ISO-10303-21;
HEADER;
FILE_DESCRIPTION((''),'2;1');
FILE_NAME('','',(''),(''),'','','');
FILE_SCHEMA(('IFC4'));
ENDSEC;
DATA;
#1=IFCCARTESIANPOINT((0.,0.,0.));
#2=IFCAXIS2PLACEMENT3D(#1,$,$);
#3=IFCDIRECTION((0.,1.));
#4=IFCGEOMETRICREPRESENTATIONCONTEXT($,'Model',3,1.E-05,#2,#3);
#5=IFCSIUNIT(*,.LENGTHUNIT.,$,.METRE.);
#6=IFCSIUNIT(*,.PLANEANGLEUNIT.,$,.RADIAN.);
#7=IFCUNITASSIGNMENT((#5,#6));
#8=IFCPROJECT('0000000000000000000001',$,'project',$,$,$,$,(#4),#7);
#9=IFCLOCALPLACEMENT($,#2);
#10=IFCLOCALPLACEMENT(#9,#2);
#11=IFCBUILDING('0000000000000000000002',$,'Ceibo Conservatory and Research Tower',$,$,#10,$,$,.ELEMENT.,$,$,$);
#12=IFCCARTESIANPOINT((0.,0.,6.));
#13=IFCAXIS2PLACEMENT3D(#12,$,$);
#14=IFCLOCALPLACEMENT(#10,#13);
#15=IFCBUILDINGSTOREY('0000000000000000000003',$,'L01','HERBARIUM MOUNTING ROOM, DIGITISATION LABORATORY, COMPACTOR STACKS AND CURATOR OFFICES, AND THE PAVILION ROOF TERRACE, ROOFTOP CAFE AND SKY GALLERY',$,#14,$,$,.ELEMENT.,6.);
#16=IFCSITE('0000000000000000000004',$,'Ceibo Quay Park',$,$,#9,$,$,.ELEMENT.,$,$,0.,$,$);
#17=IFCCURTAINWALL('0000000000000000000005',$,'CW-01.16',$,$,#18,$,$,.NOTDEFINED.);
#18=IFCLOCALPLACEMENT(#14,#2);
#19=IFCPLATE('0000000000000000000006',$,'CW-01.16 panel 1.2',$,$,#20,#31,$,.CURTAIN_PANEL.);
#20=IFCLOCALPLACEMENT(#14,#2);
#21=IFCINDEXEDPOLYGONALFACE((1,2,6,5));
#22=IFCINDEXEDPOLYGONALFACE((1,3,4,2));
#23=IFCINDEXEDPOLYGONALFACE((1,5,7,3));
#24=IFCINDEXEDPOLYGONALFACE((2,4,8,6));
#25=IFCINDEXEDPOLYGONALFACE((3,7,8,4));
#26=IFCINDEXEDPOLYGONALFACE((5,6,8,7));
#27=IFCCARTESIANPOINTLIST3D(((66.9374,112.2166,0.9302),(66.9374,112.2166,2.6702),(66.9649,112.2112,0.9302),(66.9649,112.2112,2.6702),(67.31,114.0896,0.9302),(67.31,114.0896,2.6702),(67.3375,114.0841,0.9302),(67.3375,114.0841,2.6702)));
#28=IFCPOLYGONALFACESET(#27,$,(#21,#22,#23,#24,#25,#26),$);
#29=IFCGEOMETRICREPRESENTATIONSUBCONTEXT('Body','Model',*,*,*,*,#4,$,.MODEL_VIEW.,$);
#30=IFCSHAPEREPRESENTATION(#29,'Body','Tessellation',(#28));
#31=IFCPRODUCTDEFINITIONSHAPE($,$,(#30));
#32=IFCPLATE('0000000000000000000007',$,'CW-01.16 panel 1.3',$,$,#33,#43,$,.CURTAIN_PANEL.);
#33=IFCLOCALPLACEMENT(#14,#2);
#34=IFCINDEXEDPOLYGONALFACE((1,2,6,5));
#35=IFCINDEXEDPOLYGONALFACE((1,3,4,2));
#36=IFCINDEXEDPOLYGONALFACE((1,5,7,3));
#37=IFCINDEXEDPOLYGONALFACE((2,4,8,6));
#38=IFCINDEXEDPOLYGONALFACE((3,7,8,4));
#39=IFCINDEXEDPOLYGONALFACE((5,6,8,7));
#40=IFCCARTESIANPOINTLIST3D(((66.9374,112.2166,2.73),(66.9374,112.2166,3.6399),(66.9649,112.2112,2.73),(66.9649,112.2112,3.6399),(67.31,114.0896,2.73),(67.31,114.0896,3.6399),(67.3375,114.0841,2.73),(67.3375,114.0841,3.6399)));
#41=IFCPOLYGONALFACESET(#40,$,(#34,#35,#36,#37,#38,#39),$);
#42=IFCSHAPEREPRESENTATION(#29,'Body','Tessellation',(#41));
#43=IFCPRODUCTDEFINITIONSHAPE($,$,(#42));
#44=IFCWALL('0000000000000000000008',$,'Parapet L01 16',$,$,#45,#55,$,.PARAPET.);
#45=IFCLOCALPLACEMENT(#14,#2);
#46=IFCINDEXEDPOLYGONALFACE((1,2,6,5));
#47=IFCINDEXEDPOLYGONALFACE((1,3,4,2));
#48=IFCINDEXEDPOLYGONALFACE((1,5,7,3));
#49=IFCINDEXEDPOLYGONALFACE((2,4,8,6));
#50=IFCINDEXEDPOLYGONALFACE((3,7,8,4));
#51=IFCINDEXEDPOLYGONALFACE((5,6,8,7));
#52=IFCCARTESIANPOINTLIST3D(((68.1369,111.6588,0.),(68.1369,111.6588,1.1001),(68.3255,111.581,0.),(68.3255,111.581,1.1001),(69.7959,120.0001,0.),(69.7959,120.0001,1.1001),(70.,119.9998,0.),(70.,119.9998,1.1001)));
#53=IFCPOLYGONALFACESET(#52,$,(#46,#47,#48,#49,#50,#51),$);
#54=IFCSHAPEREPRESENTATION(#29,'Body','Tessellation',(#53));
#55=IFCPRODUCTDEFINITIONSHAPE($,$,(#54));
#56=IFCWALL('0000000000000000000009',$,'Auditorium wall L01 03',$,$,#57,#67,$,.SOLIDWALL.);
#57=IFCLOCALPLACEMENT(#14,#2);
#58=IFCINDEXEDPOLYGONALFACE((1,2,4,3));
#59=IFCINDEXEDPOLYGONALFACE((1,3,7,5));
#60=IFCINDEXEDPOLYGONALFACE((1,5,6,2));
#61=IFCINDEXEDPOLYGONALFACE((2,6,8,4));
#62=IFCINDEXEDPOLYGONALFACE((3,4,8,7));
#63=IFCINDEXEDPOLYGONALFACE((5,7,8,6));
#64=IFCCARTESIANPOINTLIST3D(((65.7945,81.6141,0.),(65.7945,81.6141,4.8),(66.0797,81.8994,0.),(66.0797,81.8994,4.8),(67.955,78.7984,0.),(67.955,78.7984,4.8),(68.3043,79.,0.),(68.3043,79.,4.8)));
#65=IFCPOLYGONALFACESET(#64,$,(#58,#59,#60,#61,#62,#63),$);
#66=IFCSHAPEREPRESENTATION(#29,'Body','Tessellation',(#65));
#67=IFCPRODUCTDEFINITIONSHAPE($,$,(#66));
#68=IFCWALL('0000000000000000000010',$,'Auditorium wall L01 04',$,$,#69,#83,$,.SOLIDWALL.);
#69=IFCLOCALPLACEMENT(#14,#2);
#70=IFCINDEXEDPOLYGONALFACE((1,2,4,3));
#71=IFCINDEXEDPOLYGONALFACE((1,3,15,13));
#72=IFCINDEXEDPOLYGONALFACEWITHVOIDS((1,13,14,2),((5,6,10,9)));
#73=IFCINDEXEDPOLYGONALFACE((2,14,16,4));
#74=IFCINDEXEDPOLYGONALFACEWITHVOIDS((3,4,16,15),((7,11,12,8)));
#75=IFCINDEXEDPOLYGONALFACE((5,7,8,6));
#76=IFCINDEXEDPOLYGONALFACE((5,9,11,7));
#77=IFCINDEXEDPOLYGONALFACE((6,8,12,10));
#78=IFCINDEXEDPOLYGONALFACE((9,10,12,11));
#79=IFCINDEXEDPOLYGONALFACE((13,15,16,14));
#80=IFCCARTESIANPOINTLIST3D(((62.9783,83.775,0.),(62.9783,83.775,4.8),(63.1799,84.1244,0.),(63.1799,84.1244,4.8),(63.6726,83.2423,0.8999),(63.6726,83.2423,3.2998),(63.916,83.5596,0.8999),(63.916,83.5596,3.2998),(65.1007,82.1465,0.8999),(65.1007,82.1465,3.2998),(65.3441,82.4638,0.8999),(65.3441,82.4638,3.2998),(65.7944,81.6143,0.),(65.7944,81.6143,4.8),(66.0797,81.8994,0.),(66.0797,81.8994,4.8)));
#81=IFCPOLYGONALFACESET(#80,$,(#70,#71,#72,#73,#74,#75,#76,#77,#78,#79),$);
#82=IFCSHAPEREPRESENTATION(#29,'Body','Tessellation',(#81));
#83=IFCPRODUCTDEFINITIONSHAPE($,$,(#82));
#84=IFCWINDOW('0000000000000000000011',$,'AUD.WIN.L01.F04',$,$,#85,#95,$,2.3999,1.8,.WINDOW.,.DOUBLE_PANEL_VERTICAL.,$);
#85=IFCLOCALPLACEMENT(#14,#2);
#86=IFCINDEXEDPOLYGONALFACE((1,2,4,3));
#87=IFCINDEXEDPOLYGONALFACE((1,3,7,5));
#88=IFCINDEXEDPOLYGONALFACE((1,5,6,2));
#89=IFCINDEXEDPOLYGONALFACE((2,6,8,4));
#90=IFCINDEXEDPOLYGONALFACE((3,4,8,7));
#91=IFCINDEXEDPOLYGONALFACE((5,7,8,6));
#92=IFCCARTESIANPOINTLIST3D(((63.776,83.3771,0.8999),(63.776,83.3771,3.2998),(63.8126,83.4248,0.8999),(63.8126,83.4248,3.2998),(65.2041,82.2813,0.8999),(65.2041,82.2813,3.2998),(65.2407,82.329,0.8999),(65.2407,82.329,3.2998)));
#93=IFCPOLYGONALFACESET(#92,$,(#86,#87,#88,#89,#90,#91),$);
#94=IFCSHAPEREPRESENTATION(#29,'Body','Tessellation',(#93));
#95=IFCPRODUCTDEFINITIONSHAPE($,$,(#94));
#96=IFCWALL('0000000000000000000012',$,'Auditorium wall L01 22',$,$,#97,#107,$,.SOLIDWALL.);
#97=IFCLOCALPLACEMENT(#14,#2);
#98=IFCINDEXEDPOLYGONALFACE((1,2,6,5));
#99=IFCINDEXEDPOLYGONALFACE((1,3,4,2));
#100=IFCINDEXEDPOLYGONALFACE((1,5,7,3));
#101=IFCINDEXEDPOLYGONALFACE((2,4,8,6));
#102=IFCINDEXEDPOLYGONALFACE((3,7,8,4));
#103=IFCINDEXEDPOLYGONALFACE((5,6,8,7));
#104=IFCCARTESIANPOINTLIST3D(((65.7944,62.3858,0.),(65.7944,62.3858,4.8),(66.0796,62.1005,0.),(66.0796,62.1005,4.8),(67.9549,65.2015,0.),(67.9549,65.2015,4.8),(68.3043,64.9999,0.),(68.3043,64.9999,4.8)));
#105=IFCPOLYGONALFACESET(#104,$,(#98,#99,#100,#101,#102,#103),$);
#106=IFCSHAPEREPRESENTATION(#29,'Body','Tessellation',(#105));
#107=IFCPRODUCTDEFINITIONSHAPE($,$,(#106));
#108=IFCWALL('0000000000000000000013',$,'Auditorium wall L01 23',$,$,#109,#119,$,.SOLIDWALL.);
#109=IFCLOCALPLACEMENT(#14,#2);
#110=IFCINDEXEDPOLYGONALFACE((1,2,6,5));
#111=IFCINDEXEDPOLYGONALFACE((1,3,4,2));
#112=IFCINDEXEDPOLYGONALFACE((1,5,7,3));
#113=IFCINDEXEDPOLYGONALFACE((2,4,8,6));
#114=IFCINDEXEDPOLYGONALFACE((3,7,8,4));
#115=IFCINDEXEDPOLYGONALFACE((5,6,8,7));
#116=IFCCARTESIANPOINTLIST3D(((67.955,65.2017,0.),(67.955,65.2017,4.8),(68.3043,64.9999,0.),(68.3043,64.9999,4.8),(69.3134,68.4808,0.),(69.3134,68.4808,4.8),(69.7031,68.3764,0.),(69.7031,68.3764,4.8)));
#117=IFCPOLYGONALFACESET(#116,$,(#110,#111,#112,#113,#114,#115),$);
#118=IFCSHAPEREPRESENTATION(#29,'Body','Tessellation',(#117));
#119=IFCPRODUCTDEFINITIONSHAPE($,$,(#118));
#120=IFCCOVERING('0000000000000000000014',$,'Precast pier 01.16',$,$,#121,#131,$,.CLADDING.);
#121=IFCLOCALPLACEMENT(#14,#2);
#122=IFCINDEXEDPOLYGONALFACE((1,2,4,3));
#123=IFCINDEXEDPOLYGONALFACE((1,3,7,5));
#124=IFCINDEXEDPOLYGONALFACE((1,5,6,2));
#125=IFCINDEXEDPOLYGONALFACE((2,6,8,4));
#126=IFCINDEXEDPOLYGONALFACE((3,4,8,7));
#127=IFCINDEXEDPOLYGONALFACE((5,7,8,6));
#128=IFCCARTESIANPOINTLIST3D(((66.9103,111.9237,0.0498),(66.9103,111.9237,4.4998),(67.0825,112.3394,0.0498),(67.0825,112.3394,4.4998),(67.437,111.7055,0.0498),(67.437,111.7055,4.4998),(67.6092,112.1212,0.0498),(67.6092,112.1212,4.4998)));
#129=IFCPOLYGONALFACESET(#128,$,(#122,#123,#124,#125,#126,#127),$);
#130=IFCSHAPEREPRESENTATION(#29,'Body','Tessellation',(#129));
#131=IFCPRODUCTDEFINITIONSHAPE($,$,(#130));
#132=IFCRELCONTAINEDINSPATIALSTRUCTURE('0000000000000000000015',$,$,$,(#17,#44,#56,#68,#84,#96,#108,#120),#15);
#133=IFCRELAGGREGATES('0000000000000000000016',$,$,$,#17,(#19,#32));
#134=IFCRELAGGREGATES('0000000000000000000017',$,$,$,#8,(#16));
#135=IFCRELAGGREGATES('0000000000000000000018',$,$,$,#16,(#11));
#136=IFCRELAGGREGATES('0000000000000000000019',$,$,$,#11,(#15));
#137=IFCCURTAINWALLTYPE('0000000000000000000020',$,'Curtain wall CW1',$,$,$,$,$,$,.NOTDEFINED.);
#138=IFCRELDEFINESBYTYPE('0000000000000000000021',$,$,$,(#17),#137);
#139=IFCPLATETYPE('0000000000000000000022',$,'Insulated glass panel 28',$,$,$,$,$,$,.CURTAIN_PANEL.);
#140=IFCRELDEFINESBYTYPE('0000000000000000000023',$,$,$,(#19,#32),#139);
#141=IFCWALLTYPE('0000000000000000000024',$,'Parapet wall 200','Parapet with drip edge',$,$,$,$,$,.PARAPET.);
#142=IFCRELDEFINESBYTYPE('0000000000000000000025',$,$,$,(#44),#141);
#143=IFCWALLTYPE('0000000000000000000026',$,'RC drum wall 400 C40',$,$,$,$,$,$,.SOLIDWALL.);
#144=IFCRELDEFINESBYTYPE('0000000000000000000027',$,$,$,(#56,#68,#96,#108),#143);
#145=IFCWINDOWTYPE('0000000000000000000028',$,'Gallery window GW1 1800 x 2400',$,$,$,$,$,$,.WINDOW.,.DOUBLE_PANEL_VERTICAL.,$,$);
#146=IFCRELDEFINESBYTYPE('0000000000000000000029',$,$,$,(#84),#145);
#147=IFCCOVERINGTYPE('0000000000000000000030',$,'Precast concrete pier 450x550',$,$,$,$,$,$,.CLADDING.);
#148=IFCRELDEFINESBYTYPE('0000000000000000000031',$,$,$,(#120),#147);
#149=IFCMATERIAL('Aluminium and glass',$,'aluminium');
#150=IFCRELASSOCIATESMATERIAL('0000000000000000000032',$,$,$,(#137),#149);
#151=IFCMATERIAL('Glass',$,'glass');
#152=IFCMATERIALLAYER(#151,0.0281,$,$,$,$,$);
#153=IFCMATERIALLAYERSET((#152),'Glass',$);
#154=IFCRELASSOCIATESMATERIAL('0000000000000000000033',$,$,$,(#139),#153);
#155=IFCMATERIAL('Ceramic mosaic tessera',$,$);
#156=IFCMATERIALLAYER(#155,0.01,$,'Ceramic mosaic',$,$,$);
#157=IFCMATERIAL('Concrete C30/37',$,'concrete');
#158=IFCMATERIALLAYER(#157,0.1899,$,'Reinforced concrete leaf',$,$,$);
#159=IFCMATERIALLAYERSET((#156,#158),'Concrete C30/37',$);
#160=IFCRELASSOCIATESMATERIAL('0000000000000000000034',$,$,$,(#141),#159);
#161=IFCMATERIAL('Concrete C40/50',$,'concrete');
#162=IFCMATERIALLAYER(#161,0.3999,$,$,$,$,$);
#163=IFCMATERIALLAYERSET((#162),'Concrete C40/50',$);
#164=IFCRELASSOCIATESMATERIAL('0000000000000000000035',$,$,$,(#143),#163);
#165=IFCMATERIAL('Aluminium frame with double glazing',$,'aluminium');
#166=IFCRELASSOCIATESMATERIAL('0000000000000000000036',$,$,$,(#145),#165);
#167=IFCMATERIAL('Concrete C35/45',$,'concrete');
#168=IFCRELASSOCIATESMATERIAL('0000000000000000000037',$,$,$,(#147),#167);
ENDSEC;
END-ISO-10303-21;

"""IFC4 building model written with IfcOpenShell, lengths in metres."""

from ifc_helpers import new_model, si_unit, direction, frame, frame_2d, origin, origin_2d, place, context, subcontext, project, spatial, polyline, rectangle, outline, extrude, material, layer, layer_set, type_object, element, fill, aggregate, save


model = new_model("IFC4")

# Units and contexts
model_context = context("Model", 3, precision=1e-05, world=origin(), true_north=direction((0.0, 1.0)))
body_context = subcontext(model_context, "Body", "Model", "MODEL_VIEW")
ifc_project = project(units=[si_unit("LENGTHUNIT", "METRE"), si_unit("PLANEANGLEUNIT", "RADIAN")], contexts=[model_context])

# Site, building, storey
site_placement = place(None, origin())
site = spatial("IfcSite", under=ifc_project, at=site_placement, Name="Ceibo Quay Park", CompositionType="ELEMENT", RefElevation=0.0)
building_placement = place(site_placement, origin())
building = spatial("IfcBuilding", under=site, at=building_placement, Name="Ceibo Conservatory and Research Tower", CompositionType="ELEMENT")
storey_placement = place(building_placement, frame((0.0, 0.0, 6.0)))
storey = spatial("IfcBuildingStorey", under=building, at=storey_placement, Name="L01", Description="HERBARIUM MOUNTING ROOM, DIGITISATION LABORATORY, COMPACTOR STACKS AND CURATOR OFFICES, AND THE PAVILION ROOF TERRACE, ROOFTOP CAFE AND SKY GALLERY", CompositionType="ELEMENT", Elevation=6.0)

# Shared definitions
ifc_material_1 = material(Name="Aluminium and glass", Category="aluminium")
curtain_wall_type = type_object("IfcCurtainWallType", Name="Curtain wall CW1", PredefinedType="NOTDEFINED", material=ifc_material_1)

# Curtain wall
curtain_wall_1_placement = place(storey_placement, origin())
curtain_wall_1 = element("IfcCurtainWall", 1, at=curtain_wall_1_placement, inside=storey, type_object=curtain_wall_type, Name="CW-01.16", PredefinedType="NOTDEFINED")

# Shared definitions
ifc_material_2 = material(Name="Concrete C35/45", Category="concrete")

# Plates
ifc_material_3 = material(Name="Glass", Category="glass")
ifc_layer_1 = layer(ifc_material_3, 0.0281)
ifc_layer_set_1 = layer_set([ifc_layer_1], Name="Glass")
plate_type = type_object("IfcPlateType", Name="Insulated glass panel 28", PredefinedType="CURTAIN_PANEL", material=ifc_layer_set_1)
plate_1_placement = place(storey_placement, frame((67.1375, 113.1504, 0.9302), z_axis=(0.0, 0.0, 1.0), x_axis=(0.19509, 0.980785, 0.0)))
plate_1 = element("IfcPlate", 2, at=plate_1_placement, type_object=plate_type, Name="CW-01.16 panel 1.2", PredefinedType="CURTAIN_PANEL", context=body_context, shape_type="SweptSolid", body=[
    extrude(rectangle(XDim=1.9097, YDim=0.0281, at=origin_2d()), origin(), (0.0, 0.0, 1.0), 1.74),
])
plate_2_placement = place(storey_placement, frame((67.1375, 113.1504, 2.73), z_axis=(0.0, 0.0, 1.0), x_axis=(0.19509, 0.980785, 0.0)))
plate_2 = element("IfcPlate", 3, at=plate_2_placement, type_object=plate_type, Name="CW-01.16 panel 1.3", PredefinedType="CURTAIN_PANEL", context=body_context, shape_type="SweptSolid", body=[
    extrude(rectangle(XDim=1.9097, YDim=0.0281, at=origin_2d()), origin(), (0.0, 0.0, 1.0), 0.9099),
])
aggregate(curtain_wall_1, [plate_1, plate_2])

# Walls
ifc_material_4 = material(Name="Ceramic mosaic tessera")
ifc_layer_2 = layer(ifc_material_4, 0.01, Name="Ceramic mosaic")
ifc_material_5 = material(Name="Concrete C30/37", Category="concrete")
ifc_layer_3 = layer(ifc_material_5, 0.1899, Name="Reinforced concrete leaf")
ifc_layer_set_2 = layer_set([ifc_layer_2, ifc_layer_3], Name="Concrete C30/37")
wall_type_1 = type_object("IfcWallType", Name="Parapet wall 200", Description="Parapet with drip edge", PredefinedType="PARAPET", material=ifc_layer_set_2)
wall_1_placement = place(storey_placement, frame((68.2312, 111.6199, 0.0), z_axis=(0.0, 0.0, 1.0), x_axis=(0.195072, 0.980789, 0.0)))
element("IfcWall", 4, at=wall_1_placement, inside=storey, type_object=wall_type_1, Name="Parapet L01 16", PredefinedType="PARAPET", context=body_context, shape_type="SweptSolid", body=[
    extrude(outline(polyline([(-0.0198, -0.1001), (8.564, -0.1001), (8.5244, 0.1001), (0.0198, 0.1001), (-0.0198, -0.1001)])), origin(), (0.0, 0.0, 1.0), 1.1001),
])
ifc_material_6 = material(Name="Concrete C40/50", Category="concrete")
ifc_layer_4 = layer(ifc_material_6, 0.3999)
ifc_layer_set_3 = layer_set([ifc_layer_4], Name="Concrete C40/50")
wall_type_2 = type_object("IfcWallType", Name="RC drum wall 400 C40", PredefinedType="SOLIDWALL", material=ifc_layer_set_3)
wall_2_placement = place(storey_placement, frame((68.1296, 78.8992, 0.0), z_axis=(0.0, 0.0, 1.0), x_axis=(-0.608737, 0.793372, 0.0)))
element("IfcWall", 5, at=wall_2_placement, inside=storey, type_object=wall_type_2, Name="Auditorium wall L01 03", PredefinedType="SOLIDWALL", context=body_context, shape_type="SweptSolid", body=[
    extrude(outline(polyline([(-0.0264, -0.2), (3.6282, -0.2), (3.5754, 0.2), (0.0264, 0.2), (-0.0264, -0.2)])), origin(), (0.0, 0.0, 1.0), 4.8),
])

# Wall, opening, window
wall_3_placement = place(storey_placement, frame((65.937, 81.7568, 0.0), z_axis=(0.0, 0.0, 1.0), x_axis=(-0.793364, 0.608747, 0.0)))
wall_3 = element("IfcWall", 6, at=wall_3_placement, inside=storey, type_object=wall_type_2, Name="Auditorium wall L01 04", PredefinedType="SOLIDWALL", context=body_context, shape_type="SweptSolid", body=[
    extrude(outline(polyline([(-0.0264, -0.2), (3.6287, -0.2), (3.5759, 0.2), (0.0264, 0.2), (-0.0264, -0.2)])), origin(), (0.0, 0.0, 1.0), 4.8),
])
opening_placement = place(wall_3_placement, frame((0.9009, 0.0, 0.8999)))
opening = element("IfcOpeningElement", 7, at=opening_placement, cuts=wall_3, PredefinedType="OPENING", context=body_context, shape_type="SweptSolid", body=[
    extrude(rectangle(XDim=1.8, YDim=2.3999, at=frame_2d((0.8999, 1.2))), frame((0.0, 0.21, 0.0), z_axis=(0.0, -1.0, 0.0), x_axis=(1.0, 0.0, 0.0)), (0.0, 0.0, 1.0), 0.4199),
])
ifc_material_7 = material(Name="Aluminium frame with double glazing", Category="aluminium")
window_type = type_object("IfcWindowType", Name="Gallery window GW1 1800 x 2400", PartitioningType="DOUBLE_PANEL_VERTICAL", PredefinedType="WINDOW", material=ifc_material_7)
window_placement = place(opening_placement, origin())
window = element("IfcWindow", 8, at=window_placement, inside=storey, type_object=window_type, Name="AUD.WIN.L01.F04", OverallHeight=2.3999, OverallWidth=1.8, PartitioningType="DOUBLE_PANEL_VERTICAL", PredefinedType="WINDOW", context=body_context, shape_type="SweptSolid", body=[
    extrude(rectangle(XDim=1.8, YDim=2.3999, at=frame_2d((0.8999, 1.2))), frame((0.0, 0.03, 0.0), z_axis=(0.0, -1.0, 0.0), x_axis=(1.0, 0.0, 0.0)), (0.0, 0.0, 1.0), 0.0601),
])
fill(opening, window)

# Walls
wall_4_placement = place(storey_placement, frame((65.937, 62.2432, 0.0), z_axis=(0.0, 0.0, 1.0), x_axis=(0.608737, 0.793372, 0.0)))
element("IfcWall", 9, at=wall_4_placement, inside=storey, type_object=wall_type_2, Name="Auditorium wall L01 22", PredefinedType="SOLIDWALL", context=body_context, shape_type="SweptSolid", body=[
    extrude(outline(polyline([(-0.0264, -0.2), (3.6282, -0.2), (3.5754, 0.2), (0.0264, 0.2), (-0.0264, -0.2)])), origin(), (0.0, 0.0, 1.0), 4.8),
])
wall_5_placement = place(storey_placement, frame((68.1296, 65.1008, 0.0), z_axis=(0.0, 0.0, 1.0), x_axis=(0.382733, 0.923859, 0.0)))
element("IfcWall", 10, at=wall_5_placement, inside=storey, type_object=wall_type_2, Name="Auditorium wall L01 23", PredefinedType="SOLIDWALL", context=body_context, shape_type="SweptSolid", body=[
    extrude(outline(polyline([(-0.0264, -0.2), (3.6284, -0.2), (3.5757, 0.2), (0.0264, 0.2), (-0.0264, -0.2)])), origin(), (0.0, 0.0, 1.0), 4.8),
])

# Covering
covering_type = type_object("IfcCoveringType", Name="Precast concrete pier 450x550", PredefinedType="CLADDING", material=ifc_material_2)
covering_placement = place(storey_placement, frame((67.2598, 112.0225, 0.0498), z_axis=(0.0, 0.0, 1.0), x_axis=(0.92388, -0.382683, 0.0)))
element("IfcCovering", 11, at=covering_placement, inside=storey, type_object=covering_type, Name="Precast pier 01.16", PredefinedType="CLADDING", context=body_context, shape_type="SweptSolid", body=[
    extrude(rectangle(XDim=0.5701, YDim=0.45, at=origin_2d()), origin(), (0.0, 0.0, 1.0), 4.45),
])

save(model, "model.ifc")
